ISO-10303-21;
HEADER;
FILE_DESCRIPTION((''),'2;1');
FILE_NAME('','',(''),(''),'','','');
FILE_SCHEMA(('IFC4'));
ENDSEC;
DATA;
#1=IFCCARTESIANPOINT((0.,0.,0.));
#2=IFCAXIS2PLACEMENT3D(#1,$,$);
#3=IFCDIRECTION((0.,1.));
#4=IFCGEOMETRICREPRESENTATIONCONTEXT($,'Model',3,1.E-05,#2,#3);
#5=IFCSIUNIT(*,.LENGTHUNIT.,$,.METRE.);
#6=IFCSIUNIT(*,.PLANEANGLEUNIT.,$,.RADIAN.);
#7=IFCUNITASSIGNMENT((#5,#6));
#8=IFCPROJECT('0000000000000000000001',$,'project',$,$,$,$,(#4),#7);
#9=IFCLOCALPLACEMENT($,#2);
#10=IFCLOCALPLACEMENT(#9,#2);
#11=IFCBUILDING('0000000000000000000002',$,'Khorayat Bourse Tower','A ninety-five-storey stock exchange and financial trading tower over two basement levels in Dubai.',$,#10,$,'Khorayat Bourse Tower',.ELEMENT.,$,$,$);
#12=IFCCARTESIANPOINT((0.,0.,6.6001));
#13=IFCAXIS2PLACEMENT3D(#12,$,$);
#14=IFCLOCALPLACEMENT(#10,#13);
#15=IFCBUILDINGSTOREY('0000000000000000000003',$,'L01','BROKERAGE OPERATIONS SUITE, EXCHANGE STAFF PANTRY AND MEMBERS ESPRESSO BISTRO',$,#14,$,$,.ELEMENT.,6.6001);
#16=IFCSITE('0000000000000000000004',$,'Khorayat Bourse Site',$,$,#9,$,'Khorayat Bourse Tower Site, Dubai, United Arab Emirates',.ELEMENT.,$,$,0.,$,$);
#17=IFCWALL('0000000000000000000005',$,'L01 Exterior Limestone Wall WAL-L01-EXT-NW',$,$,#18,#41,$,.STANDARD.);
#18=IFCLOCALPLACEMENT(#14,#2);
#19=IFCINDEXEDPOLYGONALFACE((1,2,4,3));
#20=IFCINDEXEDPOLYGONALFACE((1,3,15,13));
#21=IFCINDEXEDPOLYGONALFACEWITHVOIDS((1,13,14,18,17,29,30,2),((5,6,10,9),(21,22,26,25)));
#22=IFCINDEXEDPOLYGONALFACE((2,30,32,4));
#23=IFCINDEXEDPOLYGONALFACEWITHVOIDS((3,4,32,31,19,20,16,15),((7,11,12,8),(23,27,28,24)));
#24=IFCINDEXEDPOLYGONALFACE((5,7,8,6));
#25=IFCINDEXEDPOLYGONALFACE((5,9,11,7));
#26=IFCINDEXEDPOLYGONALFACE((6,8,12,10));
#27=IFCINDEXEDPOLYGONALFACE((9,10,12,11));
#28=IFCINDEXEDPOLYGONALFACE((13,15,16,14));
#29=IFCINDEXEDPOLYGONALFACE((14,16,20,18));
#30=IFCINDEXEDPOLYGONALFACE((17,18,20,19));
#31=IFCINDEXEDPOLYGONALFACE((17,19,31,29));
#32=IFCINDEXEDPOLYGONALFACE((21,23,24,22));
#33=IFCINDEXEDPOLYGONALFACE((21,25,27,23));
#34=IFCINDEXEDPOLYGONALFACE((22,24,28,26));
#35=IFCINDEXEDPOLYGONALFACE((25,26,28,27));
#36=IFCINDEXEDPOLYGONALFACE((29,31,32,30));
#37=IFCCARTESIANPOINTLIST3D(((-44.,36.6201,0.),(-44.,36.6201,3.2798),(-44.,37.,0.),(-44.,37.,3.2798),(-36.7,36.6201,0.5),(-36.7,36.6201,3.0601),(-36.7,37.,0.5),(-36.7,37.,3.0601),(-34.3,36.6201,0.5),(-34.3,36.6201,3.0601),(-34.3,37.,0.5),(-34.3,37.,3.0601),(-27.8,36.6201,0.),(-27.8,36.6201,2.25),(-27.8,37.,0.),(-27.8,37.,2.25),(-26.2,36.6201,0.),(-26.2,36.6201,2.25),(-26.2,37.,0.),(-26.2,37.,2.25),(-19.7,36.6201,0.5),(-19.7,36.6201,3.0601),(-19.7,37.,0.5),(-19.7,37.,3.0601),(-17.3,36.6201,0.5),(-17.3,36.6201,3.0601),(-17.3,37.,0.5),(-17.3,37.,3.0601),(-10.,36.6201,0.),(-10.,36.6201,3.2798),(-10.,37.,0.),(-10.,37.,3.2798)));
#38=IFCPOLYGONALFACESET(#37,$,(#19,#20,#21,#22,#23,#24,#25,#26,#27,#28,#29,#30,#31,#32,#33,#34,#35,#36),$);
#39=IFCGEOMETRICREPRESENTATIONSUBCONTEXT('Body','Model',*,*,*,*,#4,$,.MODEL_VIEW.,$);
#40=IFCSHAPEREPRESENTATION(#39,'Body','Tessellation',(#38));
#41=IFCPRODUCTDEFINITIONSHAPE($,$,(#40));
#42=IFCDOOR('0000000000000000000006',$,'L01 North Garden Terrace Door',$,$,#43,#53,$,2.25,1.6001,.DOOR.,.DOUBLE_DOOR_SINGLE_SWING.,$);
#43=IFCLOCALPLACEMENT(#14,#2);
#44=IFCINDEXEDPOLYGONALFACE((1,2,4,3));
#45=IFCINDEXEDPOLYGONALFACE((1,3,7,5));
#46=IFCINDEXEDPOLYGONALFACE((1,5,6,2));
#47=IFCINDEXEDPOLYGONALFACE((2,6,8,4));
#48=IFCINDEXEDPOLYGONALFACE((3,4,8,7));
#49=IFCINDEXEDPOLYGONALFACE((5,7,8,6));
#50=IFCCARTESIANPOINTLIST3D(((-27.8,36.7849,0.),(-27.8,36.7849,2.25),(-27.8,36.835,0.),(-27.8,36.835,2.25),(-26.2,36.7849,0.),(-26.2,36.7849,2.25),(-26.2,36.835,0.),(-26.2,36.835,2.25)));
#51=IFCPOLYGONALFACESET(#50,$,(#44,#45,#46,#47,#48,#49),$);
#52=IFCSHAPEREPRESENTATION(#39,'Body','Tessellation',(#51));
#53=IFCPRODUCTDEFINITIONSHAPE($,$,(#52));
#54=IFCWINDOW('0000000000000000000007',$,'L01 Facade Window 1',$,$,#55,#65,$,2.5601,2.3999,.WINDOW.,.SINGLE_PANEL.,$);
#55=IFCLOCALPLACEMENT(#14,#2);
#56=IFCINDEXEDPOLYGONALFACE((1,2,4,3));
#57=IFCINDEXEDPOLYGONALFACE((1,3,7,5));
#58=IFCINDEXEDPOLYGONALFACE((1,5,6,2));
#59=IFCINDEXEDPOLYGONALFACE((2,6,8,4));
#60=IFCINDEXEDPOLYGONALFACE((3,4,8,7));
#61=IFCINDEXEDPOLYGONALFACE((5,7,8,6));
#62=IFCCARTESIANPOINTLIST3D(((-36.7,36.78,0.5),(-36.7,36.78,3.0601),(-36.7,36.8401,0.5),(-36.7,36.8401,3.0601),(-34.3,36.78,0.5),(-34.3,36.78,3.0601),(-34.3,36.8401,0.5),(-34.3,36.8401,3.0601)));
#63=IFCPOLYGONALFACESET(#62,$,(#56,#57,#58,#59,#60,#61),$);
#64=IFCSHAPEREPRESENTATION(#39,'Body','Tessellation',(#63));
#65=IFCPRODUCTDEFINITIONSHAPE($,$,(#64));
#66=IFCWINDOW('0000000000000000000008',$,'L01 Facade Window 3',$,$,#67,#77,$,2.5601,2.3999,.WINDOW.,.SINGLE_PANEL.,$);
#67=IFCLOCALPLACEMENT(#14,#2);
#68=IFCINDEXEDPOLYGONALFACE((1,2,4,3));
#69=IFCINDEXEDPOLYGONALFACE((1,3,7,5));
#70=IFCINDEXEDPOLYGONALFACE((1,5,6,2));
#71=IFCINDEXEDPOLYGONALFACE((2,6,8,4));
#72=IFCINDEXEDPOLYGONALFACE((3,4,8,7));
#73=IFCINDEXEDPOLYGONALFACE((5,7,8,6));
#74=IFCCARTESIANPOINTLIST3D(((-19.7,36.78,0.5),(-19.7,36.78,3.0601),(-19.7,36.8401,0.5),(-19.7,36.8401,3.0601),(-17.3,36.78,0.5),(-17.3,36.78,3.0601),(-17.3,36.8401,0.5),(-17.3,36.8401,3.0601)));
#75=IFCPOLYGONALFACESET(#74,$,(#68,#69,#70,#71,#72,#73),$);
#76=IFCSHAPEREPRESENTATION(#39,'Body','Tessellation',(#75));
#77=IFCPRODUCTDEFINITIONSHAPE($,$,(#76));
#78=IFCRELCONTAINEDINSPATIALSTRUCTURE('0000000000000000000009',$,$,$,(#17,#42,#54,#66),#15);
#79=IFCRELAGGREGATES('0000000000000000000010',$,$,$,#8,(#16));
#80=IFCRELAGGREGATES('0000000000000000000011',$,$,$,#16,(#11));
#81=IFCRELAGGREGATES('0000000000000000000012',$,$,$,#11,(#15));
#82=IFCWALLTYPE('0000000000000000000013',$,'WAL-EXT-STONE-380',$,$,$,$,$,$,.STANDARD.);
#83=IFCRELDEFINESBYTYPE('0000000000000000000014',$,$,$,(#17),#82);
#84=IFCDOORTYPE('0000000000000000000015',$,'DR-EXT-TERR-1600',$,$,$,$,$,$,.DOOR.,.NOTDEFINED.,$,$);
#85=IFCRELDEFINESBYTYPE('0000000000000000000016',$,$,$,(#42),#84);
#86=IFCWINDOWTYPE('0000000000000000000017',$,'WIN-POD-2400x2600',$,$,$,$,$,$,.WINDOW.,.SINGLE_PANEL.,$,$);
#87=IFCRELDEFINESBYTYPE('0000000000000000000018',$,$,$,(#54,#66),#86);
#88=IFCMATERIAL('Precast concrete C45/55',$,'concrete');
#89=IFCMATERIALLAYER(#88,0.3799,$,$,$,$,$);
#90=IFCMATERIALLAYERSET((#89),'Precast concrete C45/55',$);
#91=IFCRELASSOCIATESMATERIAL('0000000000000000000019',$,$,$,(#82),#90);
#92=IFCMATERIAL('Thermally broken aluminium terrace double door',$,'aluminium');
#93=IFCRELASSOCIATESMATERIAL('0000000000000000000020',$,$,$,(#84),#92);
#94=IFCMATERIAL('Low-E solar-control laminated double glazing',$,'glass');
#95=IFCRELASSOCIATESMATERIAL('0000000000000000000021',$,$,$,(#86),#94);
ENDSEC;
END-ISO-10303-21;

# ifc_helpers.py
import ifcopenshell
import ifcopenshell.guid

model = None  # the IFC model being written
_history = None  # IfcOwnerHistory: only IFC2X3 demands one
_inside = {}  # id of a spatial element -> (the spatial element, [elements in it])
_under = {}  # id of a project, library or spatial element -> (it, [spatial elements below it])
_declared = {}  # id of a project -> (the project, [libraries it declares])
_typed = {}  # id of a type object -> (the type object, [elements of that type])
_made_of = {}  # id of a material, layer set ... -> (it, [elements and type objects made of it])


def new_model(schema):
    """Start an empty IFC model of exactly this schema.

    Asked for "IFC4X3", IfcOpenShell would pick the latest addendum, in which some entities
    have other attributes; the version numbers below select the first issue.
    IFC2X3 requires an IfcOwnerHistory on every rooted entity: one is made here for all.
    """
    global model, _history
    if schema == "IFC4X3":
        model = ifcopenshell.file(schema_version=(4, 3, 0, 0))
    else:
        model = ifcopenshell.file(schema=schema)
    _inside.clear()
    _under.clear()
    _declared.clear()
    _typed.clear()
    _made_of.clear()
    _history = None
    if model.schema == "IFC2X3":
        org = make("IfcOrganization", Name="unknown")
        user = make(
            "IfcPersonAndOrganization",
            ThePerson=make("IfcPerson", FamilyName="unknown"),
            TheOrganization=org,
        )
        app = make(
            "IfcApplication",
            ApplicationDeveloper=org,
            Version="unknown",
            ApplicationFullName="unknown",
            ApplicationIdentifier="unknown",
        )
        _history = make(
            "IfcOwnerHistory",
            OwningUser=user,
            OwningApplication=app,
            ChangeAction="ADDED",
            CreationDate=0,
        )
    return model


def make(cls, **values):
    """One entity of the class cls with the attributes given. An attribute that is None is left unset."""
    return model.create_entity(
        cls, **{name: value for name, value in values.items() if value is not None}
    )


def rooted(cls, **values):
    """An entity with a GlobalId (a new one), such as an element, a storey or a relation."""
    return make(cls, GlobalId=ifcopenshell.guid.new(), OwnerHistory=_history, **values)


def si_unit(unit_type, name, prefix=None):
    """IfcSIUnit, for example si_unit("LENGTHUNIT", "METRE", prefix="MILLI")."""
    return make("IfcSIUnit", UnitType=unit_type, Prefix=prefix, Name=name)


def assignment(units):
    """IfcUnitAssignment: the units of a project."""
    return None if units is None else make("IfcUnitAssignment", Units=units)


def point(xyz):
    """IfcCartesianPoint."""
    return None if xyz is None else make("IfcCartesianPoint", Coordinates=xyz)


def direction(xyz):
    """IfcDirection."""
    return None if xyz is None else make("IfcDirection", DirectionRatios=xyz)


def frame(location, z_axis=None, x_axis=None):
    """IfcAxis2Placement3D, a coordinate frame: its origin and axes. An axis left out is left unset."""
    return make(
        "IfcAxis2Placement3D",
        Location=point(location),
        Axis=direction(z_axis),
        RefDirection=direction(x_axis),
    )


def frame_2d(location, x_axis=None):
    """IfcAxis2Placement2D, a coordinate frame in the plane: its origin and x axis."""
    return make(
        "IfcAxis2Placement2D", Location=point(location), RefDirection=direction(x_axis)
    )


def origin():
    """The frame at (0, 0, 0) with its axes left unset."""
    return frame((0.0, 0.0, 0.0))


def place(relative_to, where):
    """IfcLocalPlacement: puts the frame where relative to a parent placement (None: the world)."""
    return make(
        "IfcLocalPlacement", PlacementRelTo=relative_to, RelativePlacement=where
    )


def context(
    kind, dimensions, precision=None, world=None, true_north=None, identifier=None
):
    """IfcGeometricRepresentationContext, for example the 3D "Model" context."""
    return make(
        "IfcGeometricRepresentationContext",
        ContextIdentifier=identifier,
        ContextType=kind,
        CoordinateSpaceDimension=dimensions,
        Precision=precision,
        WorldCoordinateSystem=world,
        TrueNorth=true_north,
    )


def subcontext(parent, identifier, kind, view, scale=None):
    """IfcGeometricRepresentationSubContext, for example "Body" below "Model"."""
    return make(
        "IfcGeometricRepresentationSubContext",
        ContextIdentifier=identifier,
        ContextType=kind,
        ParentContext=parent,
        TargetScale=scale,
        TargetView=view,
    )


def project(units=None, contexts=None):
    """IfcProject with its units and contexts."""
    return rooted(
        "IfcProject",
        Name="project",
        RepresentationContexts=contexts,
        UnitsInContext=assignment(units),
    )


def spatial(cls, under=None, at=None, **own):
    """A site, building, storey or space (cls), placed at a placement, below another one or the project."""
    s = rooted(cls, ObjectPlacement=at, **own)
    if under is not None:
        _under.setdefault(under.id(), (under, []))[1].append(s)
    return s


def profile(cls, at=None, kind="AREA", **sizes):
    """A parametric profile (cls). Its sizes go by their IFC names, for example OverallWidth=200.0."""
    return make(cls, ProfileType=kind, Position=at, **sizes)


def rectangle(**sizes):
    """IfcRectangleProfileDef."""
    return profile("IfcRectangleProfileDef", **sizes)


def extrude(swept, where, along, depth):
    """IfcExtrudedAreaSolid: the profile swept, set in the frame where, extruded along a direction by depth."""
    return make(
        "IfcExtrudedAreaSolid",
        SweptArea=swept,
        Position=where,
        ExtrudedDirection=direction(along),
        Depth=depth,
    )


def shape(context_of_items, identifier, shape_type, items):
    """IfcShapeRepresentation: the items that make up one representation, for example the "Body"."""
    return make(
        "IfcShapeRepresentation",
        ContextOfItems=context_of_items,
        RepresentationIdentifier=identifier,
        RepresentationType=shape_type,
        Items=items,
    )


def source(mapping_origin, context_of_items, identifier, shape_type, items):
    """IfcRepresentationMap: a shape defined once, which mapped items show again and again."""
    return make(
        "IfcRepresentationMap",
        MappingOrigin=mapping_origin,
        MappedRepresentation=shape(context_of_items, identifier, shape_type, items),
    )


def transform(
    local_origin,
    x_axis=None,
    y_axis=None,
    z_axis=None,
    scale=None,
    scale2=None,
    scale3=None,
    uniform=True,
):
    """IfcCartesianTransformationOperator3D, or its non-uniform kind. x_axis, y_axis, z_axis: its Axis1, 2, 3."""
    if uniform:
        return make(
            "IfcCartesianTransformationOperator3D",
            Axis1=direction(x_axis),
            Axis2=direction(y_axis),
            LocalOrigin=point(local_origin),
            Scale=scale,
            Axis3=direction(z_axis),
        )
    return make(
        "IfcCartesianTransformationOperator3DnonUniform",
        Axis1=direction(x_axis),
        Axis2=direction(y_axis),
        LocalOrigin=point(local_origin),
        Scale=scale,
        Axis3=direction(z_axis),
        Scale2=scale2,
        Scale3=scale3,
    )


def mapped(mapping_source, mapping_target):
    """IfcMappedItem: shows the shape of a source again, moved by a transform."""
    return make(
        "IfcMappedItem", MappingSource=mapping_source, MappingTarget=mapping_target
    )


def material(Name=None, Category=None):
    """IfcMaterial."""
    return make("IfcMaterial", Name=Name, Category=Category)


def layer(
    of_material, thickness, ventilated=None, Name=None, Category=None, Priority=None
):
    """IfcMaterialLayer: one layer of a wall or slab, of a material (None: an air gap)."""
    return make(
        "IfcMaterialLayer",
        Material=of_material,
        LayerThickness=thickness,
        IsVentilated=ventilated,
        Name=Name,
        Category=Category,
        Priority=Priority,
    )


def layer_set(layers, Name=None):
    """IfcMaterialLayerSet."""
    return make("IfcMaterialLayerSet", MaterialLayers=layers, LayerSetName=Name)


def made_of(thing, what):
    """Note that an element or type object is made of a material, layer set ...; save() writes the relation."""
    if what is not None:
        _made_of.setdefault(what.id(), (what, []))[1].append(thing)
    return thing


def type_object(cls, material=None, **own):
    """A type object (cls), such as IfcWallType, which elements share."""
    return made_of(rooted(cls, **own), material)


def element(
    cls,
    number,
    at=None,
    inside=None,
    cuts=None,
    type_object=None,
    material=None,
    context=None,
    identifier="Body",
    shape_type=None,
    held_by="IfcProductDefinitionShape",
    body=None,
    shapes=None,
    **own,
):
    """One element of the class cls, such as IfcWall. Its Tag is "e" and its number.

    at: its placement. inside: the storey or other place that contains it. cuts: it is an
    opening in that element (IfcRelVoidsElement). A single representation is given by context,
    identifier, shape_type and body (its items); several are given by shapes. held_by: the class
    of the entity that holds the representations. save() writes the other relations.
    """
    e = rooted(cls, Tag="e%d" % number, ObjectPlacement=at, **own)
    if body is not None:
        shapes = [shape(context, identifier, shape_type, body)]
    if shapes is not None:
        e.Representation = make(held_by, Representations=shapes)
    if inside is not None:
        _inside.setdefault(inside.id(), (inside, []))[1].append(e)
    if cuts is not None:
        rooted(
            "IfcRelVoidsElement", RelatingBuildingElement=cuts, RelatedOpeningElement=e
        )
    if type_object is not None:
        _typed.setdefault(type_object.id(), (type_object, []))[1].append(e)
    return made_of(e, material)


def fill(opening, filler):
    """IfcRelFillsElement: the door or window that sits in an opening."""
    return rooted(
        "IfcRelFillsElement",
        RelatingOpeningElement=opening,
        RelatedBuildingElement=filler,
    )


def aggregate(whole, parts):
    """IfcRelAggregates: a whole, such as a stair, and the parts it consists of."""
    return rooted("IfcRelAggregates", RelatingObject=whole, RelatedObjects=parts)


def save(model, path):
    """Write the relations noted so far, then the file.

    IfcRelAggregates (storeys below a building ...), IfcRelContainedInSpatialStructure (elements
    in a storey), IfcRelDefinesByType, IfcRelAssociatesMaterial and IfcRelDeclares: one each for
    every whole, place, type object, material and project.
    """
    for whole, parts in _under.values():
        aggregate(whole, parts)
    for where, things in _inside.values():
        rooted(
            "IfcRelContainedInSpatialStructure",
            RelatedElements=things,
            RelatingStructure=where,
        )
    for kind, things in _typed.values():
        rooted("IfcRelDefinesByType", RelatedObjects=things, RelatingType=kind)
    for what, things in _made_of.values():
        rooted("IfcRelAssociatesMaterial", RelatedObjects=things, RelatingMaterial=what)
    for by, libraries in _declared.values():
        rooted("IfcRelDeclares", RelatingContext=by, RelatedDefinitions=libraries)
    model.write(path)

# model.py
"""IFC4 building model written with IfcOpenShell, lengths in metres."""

from ifc_helpers import new_model, si_unit, direction, frame, frame_2d, origin, place, context, subcontext, project, spatial, rectangle, extrude, source, transform, mapped, material, layer, layer_set, type_object, element, fill, save


model = new_model("IFC4")

# Units and contexts
model_context = context("Model", 3, precision=1e-05, world=origin(), true_north=direction((0.0, 1.0)))
body_context = subcontext(model_context, "Body", "Model", "MODEL_VIEW")
ifc_project = project(units=[si_unit("LENGTHUNIT", "METRE"), si_unit("PLANEANGLEUNIT", "RADIAN")], contexts=[model_context])

# Site, building, storey
site_placement = place(None, origin())
site = spatial("IfcSite", under=ifc_project, at=site_placement, Name="Khorayat Bourse Site", LongName="Khorayat Bourse Tower Site, Dubai, United Arab Emirates", CompositionType="ELEMENT", RefElevation=0.0)
building_placement = place(site_placement, origin())
building = spatial("IfcBuilding", under=site, at=building_placement, Name="Khorayat Bourse Tower", Description="A ninety-five-storey stock exchange and financial trading tower over two basement levels in Dubai.", LongName="Khorayat Bourse Tower", CompositionType="ELEMENT")
storey_placement = place(building_placement, frame((0.0, 0.0, 6.6001)))
storey = spatial("IfcBuildingStorey", under=building, at=storey_placement, Name="L01", Description="BROKERAGE OPERATIONS SUITE, EXCHANGE STAFF PANTRY AND MEMBERS ESPRESSO BISTRO", CompositionType="ELEMENT", Elevation=6.6001)

# Wall, openings, door, windows
ifc_material_1 = material(Name="Precast concrete C45/55", Category="concrete")
ifc_layer = layer(ifc_material_1, 0.3799)
ifc_layer_set = layer_set([ifc_layer], Name="Precast concrete C45/55")
wall_type = type_object("IfcWallType", Name="WAL-EXT-STONE-380", PredefinedType="STANDARD", material=ifc_layer_set)
shared_shape_1 = source(origin(), body_context, "Body", "SweptSolid", [
    extrude(rectangle(XDim=34.0, YDim=0.3799, at=frame_2d((17.0, 0.0))), origin(), (0.0, 0.0, 1.0), 3.2798),
])
wall_placement = place(storey_placement, frame((-44.0, 36.8101, 0.0), z_axis=(0.0, 0.0, 1.0), x_axis=(1.0, 0.0, 0.0)))
wall = element("IfcWall", 1, at=wall_placement, inside=storey, type_object=wall_type, Name="L01 Exterior Limestone Wall WAL-L01-EXT-NW", PredefinedType="STANDARD", context=body_context, shape_type="MappedRepresentation", body=[
    mapped(shared_shape_1, transform((0.0, 0.0, 0.0), scale=1.0)),
])
shared_shape_2 = source(origin(), body_context, "Body", "SweptSolid", [
    extrude(rectangle(XDim=1.6001, YDim=2.25, at=frame_2d((0.8, 1.125))), frame((0.0, 0.2, 0.0), z_axis=(0.0, -1.0, 0.0), x_axis=(1.0, 0.0, 0.0)), (0.0, 0.0, 1.0), 0.3999),
])
opening_1_placement = place(wall_placement, frame((16.2, 0.0, 0.0)))
opening_1 = element("IfcOpeningElement", 2, at=opening_1_placement, cuts=wall, PredefinedType="OPENING", context=body_context, shape_type="MappedRepresentation", body=[
    mapped(shared_shape_2, transform((0.0, 0.0, 0.0), scale=1.0)),
])
shared_shape_3 = source(origin(), body_context, "Body", "SweptSolid", [
    extrude(rectangle(XDim=2.3999, YDim=2.5601, at=frame_2d((1.2, 1.28))), frame((0.0, 0.2, 0.0), z_axis=(0.0, -1.0, 0.0), x_axis=(1.0, 0.0, 0.0)), (0.0, 0.0, 1.0), 0.3999),
])
opening_2_placement = place(wall_placement, frame((7.3, 0.0, 0.5)))
opening_2 = element("IfcOpeningElement", 3, at=opening_2_placement, cuts=wall, PredefinedType="OPENING", context=body_context, shape_type="MappedRepresentation", body=[
    mapped(shared_shape_3, transform((0.0, 0.0, 0.0), scale=1.0)),
])
opening_3_placement = place(wall_placement, frame((24.3, 0.0, 0.5)))
opening_3 = element("IfcOpeningElement", 4, at=opening_3_placement, cuts=wall, PredefinedType="OPENING", context=body_context, shape_type="MappedRepresentation", body=[
    mapped(shared_shape_3, transform((0.0, 0.0, 0.0), scale=1.0)),
])
ifc_material_2 = material(Name="Thermally broken aluminium terrace double door", Category="aluminium")
door_type = type_object("IfcDoorType", Name="DR-EXT-TERR-1600", OperationType="NOTDEFINED", PredefinedType="DOOR", material=ifc_material_2)
shared_shape_4 = source(origin(), body_context, "Body", "SweptSolid", [
    extrude(rectangle(XDim=1.6001, YDim=2.25, at=frame_2d((0.8, 1.125))), frame((0.0, 0.0249, 0.0), z_axis=(0.0, -1.0, 0.0), x_axis=(1.0, 0.0, 0.0)), (0.0, 0.0, 1.0), 0.05),
])
door_placement = place(opening_1_placement, origin())
door = element("IfcDoor", 5, at=door_placement, inside=storey, type_object=door_type, Name="L01 North Garden Terrace Door", OperationType="DOUBLE_DOOR_SINGLE_SWING", OverallHeight=2.25, OverallWidth=1.6001, PredefinedType="DOOR", context=body_context, shape_type="MappedRepresentation", body=[
    mapped(shared_shape_4, transform((0.0, 0.0, 0.0), scale=1.0)),
])
fill(opening_1, door)
ifc_material_3 = material(Name="Low-E solar-control laminated double glazing", Category="glass")
window_type = type_object("IfcWindowType", Name="WIN-POD-2400x2600", PartitioningType="SINGLE_PANEL", PredefinedType="WINDOW", material=ifc_material_3)
shared_shape_5 = source(origin(), body_context, "Body", "SweptSolid", [
    extrude(rectangle(XDim=2.3999, YDim=2.5601, at=frame_2d((1.2, 1.28))), frame((0.0, 0.03, 0.0), z_axis=(0.0, -1.0, 0.0), x_axis=(1.0, 0.0, 0.0)), (0.0, 0.0, 1.0), 0.0601),
])
window_1_placement = place(opening_2_placement, origin())
window_1 = element("IfcWindow", 6, at=window_1_placement, inside=storey, type_object=window_type, Name="L01 Facade Window 1", OverallHeight=2.5601, OverallWidth=2.3999, PartitioningType="SINGLE_PANEL", PredefinedType="WINDOW", context=body_context, shape_type="MappedRepresentation", body=[
    mapped(shared_shape_5, transform((0.0, 0.0, 0.0), scale=1.0)),
])
fill(opening_2, window_1)
window_2_placement = place(opening_3_placement, origin())
window_2 = element("IfcWindow", 7, at=window_2_placement, inside=storey, type_object=window_type, Name="L01 Facade Window 3", OverallHeight=2.5601, OverallWidth=2.3999, PartitioningType="SINGLE_PANEL", PredefinedType="WINDOW", context=body_context, shape_type="MappedRepresentation", body=[
    mapped(shared_shape_5, transform((0.0, 0.0, 0.0), scale=1.0)),
])
fill(opening_3, window_2)

save(model, "model.ifc")
